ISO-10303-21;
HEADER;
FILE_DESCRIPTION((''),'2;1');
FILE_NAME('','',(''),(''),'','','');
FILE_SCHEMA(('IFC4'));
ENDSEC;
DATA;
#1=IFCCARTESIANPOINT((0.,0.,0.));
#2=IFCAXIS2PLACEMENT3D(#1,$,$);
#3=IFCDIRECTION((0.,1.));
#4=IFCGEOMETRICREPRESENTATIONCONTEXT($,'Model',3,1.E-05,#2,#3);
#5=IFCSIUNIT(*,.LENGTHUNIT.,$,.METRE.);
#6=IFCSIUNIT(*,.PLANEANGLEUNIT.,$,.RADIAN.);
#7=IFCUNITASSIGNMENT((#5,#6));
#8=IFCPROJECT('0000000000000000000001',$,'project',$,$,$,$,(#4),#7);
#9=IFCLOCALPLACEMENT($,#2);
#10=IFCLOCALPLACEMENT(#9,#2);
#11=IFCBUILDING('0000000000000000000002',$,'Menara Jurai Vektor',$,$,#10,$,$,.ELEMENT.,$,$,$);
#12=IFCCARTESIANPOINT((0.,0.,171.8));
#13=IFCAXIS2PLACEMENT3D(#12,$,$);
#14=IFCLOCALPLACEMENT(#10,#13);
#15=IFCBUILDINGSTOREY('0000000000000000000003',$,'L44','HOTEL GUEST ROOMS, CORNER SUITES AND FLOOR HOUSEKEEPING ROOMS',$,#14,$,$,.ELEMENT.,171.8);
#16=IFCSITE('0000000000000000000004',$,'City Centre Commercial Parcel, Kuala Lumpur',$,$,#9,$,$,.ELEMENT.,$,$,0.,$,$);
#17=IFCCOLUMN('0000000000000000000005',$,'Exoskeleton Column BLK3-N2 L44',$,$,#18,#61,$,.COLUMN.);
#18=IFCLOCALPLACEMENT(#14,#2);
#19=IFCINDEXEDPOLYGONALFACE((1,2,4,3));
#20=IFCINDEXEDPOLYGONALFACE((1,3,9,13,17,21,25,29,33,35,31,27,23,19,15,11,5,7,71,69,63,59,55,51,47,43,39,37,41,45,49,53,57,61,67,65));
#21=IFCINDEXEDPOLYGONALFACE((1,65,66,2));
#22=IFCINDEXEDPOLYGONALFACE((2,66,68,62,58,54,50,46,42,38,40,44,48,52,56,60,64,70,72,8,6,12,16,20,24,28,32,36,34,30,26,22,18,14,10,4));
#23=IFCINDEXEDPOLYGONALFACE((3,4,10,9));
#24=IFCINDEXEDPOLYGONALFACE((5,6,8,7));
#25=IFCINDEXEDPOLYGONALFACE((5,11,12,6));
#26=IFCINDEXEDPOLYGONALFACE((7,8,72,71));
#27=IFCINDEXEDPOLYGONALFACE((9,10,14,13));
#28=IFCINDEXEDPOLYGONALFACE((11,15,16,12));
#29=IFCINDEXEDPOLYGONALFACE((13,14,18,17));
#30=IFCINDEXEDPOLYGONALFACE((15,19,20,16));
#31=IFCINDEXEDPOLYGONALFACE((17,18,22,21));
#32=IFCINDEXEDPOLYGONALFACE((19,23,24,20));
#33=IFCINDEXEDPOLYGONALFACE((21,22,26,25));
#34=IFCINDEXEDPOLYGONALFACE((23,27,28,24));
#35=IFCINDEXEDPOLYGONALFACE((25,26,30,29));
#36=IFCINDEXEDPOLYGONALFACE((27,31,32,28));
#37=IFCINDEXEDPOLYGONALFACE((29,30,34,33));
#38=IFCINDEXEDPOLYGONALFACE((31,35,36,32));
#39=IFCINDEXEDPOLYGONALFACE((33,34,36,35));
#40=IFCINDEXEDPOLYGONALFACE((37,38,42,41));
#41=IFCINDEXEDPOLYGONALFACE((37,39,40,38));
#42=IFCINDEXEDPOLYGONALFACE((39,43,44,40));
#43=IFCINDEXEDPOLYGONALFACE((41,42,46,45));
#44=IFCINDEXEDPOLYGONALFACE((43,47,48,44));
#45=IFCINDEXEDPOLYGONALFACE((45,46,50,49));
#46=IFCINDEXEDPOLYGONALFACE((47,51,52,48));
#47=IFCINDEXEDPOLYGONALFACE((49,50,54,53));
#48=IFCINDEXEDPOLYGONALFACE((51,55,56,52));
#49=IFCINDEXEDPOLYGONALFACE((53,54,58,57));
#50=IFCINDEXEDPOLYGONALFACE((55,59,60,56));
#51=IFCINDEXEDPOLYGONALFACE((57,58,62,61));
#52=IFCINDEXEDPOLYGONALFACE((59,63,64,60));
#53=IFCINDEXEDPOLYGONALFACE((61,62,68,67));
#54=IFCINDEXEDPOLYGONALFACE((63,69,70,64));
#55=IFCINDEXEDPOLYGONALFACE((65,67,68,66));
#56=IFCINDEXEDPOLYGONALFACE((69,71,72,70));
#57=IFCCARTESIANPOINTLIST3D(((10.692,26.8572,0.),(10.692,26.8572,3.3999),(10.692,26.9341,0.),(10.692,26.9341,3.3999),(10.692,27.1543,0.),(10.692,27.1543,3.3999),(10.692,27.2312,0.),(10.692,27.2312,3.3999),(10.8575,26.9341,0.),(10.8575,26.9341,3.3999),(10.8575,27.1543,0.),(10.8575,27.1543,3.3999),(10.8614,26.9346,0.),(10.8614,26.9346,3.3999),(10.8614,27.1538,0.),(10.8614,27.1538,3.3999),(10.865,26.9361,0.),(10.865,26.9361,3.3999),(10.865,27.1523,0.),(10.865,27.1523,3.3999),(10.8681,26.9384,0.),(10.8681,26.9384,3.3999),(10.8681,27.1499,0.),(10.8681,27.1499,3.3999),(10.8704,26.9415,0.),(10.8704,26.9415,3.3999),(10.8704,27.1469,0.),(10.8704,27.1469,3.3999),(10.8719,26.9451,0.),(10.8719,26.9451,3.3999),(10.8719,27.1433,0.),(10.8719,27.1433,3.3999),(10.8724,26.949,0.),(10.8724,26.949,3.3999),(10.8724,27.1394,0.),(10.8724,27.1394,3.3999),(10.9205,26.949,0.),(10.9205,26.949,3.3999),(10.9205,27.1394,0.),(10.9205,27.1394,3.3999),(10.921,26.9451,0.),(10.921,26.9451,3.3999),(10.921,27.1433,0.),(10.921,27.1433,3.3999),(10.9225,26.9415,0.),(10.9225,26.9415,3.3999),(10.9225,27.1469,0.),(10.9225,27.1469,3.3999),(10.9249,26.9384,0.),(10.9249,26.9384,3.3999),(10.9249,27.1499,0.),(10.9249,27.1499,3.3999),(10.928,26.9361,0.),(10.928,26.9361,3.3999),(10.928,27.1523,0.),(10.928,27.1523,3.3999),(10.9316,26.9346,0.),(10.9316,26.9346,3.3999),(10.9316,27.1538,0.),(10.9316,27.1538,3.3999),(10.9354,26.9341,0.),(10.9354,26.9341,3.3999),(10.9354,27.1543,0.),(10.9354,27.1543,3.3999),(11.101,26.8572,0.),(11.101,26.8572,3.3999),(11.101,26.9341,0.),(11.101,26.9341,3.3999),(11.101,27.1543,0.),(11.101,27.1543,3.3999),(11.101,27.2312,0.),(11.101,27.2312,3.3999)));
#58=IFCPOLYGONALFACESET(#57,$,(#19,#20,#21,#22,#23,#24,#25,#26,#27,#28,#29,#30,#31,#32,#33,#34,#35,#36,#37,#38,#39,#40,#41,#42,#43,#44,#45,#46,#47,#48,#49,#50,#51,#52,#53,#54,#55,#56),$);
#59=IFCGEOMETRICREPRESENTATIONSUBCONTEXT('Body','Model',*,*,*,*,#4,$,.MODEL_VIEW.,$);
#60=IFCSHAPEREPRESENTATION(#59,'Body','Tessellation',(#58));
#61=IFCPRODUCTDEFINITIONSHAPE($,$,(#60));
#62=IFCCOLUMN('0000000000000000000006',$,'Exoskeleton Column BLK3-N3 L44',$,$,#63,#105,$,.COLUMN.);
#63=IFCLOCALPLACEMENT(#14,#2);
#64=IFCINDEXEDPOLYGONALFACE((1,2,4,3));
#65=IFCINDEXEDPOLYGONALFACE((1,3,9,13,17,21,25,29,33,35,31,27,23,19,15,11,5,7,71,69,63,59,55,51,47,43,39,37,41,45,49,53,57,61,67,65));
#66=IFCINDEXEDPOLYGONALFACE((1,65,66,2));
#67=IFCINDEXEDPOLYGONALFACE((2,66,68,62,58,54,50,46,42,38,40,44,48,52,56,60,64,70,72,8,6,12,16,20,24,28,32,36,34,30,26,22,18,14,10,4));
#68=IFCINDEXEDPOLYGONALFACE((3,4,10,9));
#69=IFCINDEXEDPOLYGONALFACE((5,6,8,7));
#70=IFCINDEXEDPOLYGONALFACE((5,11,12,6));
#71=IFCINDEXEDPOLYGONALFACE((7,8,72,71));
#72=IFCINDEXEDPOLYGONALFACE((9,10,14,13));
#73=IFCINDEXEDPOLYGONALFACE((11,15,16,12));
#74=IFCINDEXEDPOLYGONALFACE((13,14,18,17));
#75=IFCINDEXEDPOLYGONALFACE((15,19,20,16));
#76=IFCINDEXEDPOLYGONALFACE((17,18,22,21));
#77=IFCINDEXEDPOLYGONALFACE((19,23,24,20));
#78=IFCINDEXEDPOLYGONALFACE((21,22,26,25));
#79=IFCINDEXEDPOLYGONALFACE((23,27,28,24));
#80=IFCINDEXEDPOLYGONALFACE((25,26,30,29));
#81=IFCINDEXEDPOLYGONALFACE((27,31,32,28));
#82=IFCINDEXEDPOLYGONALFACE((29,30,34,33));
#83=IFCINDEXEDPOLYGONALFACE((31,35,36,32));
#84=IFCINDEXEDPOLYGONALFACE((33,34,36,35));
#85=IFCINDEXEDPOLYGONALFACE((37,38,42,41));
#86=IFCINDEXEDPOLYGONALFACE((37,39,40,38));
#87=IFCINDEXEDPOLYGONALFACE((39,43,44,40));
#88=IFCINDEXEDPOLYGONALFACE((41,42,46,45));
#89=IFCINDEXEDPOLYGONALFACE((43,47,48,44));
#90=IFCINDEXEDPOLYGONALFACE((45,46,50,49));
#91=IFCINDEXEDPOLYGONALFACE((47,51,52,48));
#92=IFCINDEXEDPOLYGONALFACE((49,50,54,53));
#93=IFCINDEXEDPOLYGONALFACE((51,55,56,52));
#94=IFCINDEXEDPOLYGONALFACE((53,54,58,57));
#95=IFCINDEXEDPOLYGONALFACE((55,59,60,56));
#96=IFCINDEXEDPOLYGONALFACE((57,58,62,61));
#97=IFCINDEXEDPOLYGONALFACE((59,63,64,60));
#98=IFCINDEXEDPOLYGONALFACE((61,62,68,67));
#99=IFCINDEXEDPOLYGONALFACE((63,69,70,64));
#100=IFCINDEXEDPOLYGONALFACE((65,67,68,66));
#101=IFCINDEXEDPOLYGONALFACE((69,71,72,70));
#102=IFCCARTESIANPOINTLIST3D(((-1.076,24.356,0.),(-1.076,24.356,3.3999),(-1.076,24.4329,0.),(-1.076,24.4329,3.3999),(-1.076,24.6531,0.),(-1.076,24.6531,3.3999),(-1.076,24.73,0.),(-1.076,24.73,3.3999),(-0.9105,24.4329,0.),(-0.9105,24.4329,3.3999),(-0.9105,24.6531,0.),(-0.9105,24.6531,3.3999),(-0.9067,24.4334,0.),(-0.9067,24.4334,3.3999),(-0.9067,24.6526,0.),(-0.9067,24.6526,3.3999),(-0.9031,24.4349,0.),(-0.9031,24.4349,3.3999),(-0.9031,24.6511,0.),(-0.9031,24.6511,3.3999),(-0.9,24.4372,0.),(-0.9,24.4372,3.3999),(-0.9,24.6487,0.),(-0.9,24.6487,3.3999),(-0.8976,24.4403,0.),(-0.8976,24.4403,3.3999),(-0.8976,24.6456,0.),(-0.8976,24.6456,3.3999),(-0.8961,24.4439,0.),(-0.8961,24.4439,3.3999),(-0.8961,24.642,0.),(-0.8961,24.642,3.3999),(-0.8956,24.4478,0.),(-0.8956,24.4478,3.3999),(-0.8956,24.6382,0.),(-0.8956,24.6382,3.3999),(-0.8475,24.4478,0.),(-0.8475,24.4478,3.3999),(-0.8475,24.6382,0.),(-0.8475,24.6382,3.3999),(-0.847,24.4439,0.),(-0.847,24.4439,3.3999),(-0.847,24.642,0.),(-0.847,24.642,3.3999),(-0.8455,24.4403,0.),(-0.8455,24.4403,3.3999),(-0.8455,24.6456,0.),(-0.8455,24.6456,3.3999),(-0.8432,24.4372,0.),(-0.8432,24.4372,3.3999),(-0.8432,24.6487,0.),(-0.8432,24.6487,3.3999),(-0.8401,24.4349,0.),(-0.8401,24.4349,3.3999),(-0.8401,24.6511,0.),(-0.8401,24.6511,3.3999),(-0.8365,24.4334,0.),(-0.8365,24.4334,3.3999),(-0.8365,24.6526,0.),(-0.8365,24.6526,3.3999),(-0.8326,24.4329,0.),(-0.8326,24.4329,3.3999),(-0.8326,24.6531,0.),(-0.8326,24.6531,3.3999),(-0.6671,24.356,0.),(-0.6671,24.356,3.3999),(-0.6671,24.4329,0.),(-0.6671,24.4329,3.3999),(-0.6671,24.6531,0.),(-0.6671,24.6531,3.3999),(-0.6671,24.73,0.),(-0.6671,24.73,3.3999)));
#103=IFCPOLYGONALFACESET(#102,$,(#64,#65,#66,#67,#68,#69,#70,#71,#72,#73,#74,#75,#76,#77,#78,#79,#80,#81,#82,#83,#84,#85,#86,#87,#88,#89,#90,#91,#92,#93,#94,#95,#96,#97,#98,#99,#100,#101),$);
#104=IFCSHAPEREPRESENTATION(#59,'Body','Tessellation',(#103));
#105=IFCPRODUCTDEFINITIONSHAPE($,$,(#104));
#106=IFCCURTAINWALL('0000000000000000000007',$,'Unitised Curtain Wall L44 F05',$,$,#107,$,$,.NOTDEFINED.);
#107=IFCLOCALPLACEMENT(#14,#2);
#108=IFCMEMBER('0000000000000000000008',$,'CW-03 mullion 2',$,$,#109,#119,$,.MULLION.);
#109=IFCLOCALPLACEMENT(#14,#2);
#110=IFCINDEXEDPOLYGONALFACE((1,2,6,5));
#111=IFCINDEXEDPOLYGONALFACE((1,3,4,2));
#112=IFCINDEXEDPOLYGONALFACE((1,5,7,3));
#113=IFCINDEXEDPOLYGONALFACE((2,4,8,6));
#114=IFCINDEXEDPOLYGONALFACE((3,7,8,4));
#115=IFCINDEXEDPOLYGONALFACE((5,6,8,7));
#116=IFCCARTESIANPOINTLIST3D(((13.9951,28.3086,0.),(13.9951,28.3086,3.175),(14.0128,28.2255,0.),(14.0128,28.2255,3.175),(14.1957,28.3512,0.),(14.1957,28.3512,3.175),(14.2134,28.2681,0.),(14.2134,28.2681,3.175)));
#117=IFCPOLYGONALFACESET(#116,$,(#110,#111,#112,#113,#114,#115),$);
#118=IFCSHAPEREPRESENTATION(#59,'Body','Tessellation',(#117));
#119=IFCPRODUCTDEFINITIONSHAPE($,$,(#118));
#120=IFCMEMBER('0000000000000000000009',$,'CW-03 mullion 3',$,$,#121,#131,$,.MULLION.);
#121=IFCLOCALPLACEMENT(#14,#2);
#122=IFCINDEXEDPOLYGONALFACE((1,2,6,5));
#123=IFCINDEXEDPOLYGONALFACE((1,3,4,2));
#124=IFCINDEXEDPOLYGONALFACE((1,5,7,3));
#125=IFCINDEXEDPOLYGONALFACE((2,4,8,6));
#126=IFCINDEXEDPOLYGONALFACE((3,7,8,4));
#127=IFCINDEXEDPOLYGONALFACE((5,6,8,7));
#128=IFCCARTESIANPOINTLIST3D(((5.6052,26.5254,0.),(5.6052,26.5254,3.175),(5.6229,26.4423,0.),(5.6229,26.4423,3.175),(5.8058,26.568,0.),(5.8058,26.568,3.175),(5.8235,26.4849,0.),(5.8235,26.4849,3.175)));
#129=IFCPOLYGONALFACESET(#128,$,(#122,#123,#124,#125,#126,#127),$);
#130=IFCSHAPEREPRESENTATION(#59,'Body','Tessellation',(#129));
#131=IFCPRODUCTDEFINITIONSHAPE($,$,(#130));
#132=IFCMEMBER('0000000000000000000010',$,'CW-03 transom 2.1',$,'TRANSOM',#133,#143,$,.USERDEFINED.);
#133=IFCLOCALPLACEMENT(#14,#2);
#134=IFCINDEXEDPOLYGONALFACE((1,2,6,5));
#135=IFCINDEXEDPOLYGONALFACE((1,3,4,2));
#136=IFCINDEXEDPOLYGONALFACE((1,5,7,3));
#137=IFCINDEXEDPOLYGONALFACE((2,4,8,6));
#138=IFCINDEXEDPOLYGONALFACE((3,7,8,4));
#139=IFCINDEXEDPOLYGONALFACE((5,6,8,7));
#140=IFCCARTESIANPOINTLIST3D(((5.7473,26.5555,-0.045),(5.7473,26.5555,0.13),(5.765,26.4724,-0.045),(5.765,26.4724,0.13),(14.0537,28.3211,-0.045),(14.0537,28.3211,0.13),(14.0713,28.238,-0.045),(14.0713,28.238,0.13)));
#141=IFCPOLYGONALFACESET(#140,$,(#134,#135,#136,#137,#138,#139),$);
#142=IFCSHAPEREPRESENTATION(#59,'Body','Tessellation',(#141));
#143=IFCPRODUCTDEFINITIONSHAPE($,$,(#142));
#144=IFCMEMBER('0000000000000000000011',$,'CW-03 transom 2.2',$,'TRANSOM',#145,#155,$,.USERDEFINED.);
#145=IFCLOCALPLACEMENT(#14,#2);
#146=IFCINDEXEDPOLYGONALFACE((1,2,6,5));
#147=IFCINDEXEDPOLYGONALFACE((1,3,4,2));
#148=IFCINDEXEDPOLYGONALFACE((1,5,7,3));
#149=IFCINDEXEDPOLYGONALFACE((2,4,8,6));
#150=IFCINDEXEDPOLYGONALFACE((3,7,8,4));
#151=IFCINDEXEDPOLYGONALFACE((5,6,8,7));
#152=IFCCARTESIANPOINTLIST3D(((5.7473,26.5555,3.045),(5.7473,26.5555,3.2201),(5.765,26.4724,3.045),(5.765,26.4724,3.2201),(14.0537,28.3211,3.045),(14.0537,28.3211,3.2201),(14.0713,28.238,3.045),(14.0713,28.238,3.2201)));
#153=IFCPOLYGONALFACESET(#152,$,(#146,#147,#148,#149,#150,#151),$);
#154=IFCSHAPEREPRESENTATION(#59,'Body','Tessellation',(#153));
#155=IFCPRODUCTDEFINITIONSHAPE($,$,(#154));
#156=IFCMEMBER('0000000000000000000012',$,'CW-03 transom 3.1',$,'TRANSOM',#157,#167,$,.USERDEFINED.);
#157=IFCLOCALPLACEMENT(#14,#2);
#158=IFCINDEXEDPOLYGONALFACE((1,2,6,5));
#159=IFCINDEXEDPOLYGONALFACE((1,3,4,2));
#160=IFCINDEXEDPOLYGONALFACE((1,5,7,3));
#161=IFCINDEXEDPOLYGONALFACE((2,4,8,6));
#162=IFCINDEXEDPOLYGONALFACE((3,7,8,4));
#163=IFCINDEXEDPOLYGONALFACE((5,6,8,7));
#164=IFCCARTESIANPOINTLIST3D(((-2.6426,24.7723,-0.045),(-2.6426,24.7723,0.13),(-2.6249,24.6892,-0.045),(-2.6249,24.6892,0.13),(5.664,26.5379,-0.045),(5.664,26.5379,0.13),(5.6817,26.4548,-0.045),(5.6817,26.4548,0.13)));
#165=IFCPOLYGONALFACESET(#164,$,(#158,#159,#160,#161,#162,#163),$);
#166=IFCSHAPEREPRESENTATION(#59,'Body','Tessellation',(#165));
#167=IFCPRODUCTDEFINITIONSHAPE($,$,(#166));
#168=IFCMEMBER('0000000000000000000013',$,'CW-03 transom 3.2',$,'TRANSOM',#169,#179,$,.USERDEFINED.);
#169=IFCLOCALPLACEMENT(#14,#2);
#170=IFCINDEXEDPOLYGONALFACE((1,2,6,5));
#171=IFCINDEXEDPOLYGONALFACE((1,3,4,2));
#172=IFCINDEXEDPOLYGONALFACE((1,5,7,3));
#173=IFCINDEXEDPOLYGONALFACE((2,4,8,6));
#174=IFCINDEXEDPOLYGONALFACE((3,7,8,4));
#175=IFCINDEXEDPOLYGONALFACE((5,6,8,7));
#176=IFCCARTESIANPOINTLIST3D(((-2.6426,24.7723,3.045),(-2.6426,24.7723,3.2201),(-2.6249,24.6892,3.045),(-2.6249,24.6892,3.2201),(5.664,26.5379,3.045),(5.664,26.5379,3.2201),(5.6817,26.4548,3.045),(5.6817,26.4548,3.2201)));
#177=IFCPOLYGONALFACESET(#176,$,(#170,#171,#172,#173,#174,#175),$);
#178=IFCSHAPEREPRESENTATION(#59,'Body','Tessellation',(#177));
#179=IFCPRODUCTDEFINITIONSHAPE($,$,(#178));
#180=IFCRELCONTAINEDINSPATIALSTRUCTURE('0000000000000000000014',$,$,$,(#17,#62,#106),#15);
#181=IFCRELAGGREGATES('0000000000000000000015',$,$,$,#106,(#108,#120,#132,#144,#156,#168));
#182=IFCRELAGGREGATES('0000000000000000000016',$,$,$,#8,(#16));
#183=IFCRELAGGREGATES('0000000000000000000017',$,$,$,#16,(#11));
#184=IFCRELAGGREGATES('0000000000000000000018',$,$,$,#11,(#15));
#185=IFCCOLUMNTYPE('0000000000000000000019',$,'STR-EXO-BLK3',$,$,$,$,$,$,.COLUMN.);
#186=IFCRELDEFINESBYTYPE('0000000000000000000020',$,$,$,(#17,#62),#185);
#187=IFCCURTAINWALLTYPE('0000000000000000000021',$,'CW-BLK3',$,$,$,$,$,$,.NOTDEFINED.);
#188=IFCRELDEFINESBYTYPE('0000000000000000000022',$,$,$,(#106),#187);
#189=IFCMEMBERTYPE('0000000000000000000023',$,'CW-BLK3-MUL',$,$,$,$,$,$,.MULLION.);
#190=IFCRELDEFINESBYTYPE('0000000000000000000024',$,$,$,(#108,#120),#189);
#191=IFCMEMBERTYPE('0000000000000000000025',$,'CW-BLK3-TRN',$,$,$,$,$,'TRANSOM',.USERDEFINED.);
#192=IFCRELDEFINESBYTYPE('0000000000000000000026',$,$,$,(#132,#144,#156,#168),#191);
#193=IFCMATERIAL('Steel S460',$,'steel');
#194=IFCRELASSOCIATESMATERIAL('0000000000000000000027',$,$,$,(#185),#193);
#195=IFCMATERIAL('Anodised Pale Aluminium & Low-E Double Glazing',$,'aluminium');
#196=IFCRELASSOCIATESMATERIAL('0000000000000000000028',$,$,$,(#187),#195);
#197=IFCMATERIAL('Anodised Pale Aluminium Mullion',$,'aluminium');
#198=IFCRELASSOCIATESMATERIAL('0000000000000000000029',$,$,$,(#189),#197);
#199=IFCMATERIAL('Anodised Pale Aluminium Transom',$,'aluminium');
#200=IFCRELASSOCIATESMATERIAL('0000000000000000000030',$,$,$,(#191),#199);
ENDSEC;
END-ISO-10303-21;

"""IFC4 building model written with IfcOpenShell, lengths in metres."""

from ifc_helpers import new_model, si_unit, direction, frame, origin, origin_2d, place, context, subcontext, project, spatial, rectangle, i_section, extrude, material, material_profile, profile_set, type_object, element, aggregate, save


model = new_model("IFC4")

# Units and contexts
model_context = context("Model", 3, precision=1e-05, world=origin(), true_north=direction((0.0, 1.0)))
body_context = subcontext(model_context, "Body", "Model", "MODEL_VIEW")
ifc_project = project(units=[si_unit("LENGTHUNIT", "METRE"), si_unit("PLANEANGLEUNIT", "RADIAN")], contexts=[model_context])

# Site, building, storey
site_placement = place(None, origin())
site = spatial("IfcSite", under=ifc_project, at=site_placement, Name="City Centre Commercial Parcel, Kuala Lumpur", CompositionType="ELEMENT", RefElevation=0.0)
building_placement = place(site_placement, origin())
building = spatial("IfcBuilding", under=site, at=building_placement, Name="Menara Jurai Vektor", CompositionType="ELEMENT")
storey_placement = place(building_placement, frame((0.0, 0.0, 171.8)))
storey = spatial("IfcBuildingStorey", under=building, at=storey_placement, Name="L44", Description="HOTEL GUEST ROOMS, CORNER SUITES AND FLOOR HOUSEKEEPING ROOMS", CompositionType="ELEMENT", Elevation=171.8)

# Columns
ifc_material_1 = material(Name="Steel S460", Category="steel")
ifc_material_profile_1 = material_profile(ifc_material_1, i_section(OverallWidth=0.4089, OverallDepth=0.374, WebThickness=0.0481, FlangeThickness=0.0769, FilletRadius=0.0149, at=origin_2d()), Name="HD 400x634")
ifc_profile_set_1 = profile_set([ifc_material_profile_1], Name="Steel S460")
column_type = type_object("IfcColumnType", Name="STR-EXO-BLK3", PredefinedType="COLUMN", material=ifc_profile_set_1)
for number, where, z_axis, x_axis, name in (
    (1, (10.8965, 27.0442, 0.0), (0.0, 0.0, 1.0), (1.0, 0.0, 0.0), "Exoskeleton Column BLK3-N2 L44"),
    (2, (-0.8716, 24.543, 0.0), (0.0, 0.0, 1.0), (1.0, 0.0, 0.0), "Exoskeleton Column BLK3-N3 L44"),
):
    element("IfcColumn", number, at=place(storey_placement, frame(where, z_axis=z_axis, x_axis=x_axis)), inside=storey, type_object=column_type, Name=name, PredefinedType="COLUMN", context=body_context, shape_type="SweptSolid", body=[
        extrude(i_section(OverallWidth=0.4089, OverallDepth=0.374, WebThickness=0.0481, FlangeThickness=0.0769, FilletRadius=0.0149, at=origin_2d()), origin(), (0.0, 0.0, 1.0), 3.3999),
    ])

# Curtain wall, members
ifc_material_2 = material(Name="Anodised Pale Aluminium & Low-E Double Glazing", Category="aluminium")
curtain_wall_type = type_object("IfcCurtainWallType", Name="CW-BLK3", PredefinedType="NOTDEFINED", material=ifc_material_2)
curtain_wall_placement = place(storey_placement, origin())
curtain_wall = element("IfcCurtainWall", 3, at=curtain_wall_placement, inside=storey, type_object=curtain_wall_type, Name="Unitised Curtain Wall L44 F05", PredefinedType="NOTDEFINED")
ifc_material_3 = material(Name="Anodised Pale Aluminium Mullion", Category="aluminium")
ifc_material_profile_2 = material_profile(ifc_material_3, rectangle(XDim=0.085, YDim=0.2051, at=origin_2d()), Name="ALU MUL 85x205")
ifc_profile_set_2 = profile_set([ifc_material_profile_2], Name="Anodised Pale Aluminium Mullion")
member_type_1 = type_object("IfcMemberType", Name="CW-BLK3-MUL", PredefinedType="MULLION", material=ifc_profile_set_2)
member_1_placement = place(storey_placement, frame((14.1042, 28.2883, 0.0), z_axis=(0.0, 0.0, 1.0), x_axis=(0.207911, -0.978148, 0.0)))
member_1 = element("IfcMember", 4, at=member_1_placement, type_object=member_type_1, Name="CW-03 mullion 2", PredefinedType="MULLION", context=body_context, shape_type="SweptSolid", body=[
    extrude(rectangle(XDim=0.085, YDim=0.2051, at=origin_2d()), origin(), (0.0, 0.0, 1.0), 3.175),
])
member_2_placement = place(storey_placement, frame((5.7144, 26.5051, 0.0), z_axis=(0.0, 0.0, 1.0), x_axis=(0.207911, -0.978148, 0.0)))
member_2 = element("IfcMember", 5, at=member_2_placement, type_object=member_type_1, Name="CW-03 mullion 3", PredefinedType="MULLION", context=body_context, shape_type="SweptSolid", body=[
    extrude(rectangle(XDim=0.085, YDim=0.2051, at=origin_2d()), origin(), (0.0, 0.0, 1.0), 3.175),
])
ifc_material_4 = material(Name="Anodised Pale Aluminium Transom", Category="aluminium")
ifc_material_profile_3 = material_profile(ifc_material_4, rectangle(XDim=0.085, YDim=0.175, at=origin_2d()), Name="ALU TRN 85x175")
ifc_profile_set_3 = profile_set([ifc_material_profile_3], Name="Anodised Pale Aluminium Transom")
member_type_2 = type_object("IfcMemberType", Name="CW-BLK3-TRN", ElementType="TRANSOM", PredefinedType="USERDEFINED", material=ifc_profile_set_3)
member_3_placement = place(storey_placement, frame((14.0625, 28.2795, 0.0425), z_axis=(-0.978147, -0.207917, 0.0), x_axis=(0.207917, -0.978147, 0.0)))
member_3 = element("IfcMember", 6, at=member_3_placement, type_object=member_type_2, Name="CW-03 transom 2.1", ObjectType="TRANSOM", PredefinedType="USERDEFINED", context=body_context, shape_type="SweptSolid", body=[
    extrude(rectangle(XDim=0.085, YDim=0.175, at=origin_2d()), origin(), (0.0, 0.0, 1.0), 8.4919),
])
member_4_placement = place(storey_placement, frame((14.0625, 28.2795, 3.1326), z_axis=(-0.978147, -0.207917, 0.0), x_axis=(0.207917, -0.978147, 0.0)))
member_4 = element("IfcMember", 7, at=member_4_placement, type_object=member_type_2, Name="CW-03 transom 2.2", ObjectType="TRANSOM", PredefinedType="USERDEFINED", context=body_context, shape_type="SweptSolid", body=[
    extrude(rectangle(XDim=0.085, YDim=0.175, at=origin_2d()), origin(), (0.0, 0.0, 1.0), 8.4919),
])
member_5_placement = place(storey_placement, frame((5.6729, 26.4963, 0.0425), z_axis=(-0.978148, -0.207911, 0.0), x_axis=(0.207911, -0.978148, 0.0)))
member_5 = element("IfcMember", 8, at=member_5_placement, type_object=member_type_2, Name="CW-03 transom 3.1", ObjectType="TRANSOM", PredefinedType="USERDEFINED", context=body_context, shape_type="SweptSolid", body=[
    extrude(rectangle(XDim=0.085, YDim=0.175, at=origin_2d()), origin(), (0.0, 0.0, 1.0), 8.4922),
])
member_6_placement = place(storey_placement, frame((5.6729, 26.4963, 3.1326), z_axis=(-0.978148, -0.207911, 0.0), x_axis=(0.207911, -0.978148, 0.0)))
member_6 = element("IfcMember", 9, at=member_6_placement, type_object=member_type_2, Name="CW-03 transom 3.2", ObjectType="TRANSOM", PredefinedType="USERDEFINED", context=body_context, shape_type="SweptSolid", body=[
    extrude(rectangle(XDim=0.085, YDim=0.175, at=origin_2d()), origin(), (0.0, 0.0, 1.0), 8.4922),
])

aggregate(curtain_wall, [member_1, member_2, member_3, member_4, member_5, member_6])

save(model, "model.ifc")
